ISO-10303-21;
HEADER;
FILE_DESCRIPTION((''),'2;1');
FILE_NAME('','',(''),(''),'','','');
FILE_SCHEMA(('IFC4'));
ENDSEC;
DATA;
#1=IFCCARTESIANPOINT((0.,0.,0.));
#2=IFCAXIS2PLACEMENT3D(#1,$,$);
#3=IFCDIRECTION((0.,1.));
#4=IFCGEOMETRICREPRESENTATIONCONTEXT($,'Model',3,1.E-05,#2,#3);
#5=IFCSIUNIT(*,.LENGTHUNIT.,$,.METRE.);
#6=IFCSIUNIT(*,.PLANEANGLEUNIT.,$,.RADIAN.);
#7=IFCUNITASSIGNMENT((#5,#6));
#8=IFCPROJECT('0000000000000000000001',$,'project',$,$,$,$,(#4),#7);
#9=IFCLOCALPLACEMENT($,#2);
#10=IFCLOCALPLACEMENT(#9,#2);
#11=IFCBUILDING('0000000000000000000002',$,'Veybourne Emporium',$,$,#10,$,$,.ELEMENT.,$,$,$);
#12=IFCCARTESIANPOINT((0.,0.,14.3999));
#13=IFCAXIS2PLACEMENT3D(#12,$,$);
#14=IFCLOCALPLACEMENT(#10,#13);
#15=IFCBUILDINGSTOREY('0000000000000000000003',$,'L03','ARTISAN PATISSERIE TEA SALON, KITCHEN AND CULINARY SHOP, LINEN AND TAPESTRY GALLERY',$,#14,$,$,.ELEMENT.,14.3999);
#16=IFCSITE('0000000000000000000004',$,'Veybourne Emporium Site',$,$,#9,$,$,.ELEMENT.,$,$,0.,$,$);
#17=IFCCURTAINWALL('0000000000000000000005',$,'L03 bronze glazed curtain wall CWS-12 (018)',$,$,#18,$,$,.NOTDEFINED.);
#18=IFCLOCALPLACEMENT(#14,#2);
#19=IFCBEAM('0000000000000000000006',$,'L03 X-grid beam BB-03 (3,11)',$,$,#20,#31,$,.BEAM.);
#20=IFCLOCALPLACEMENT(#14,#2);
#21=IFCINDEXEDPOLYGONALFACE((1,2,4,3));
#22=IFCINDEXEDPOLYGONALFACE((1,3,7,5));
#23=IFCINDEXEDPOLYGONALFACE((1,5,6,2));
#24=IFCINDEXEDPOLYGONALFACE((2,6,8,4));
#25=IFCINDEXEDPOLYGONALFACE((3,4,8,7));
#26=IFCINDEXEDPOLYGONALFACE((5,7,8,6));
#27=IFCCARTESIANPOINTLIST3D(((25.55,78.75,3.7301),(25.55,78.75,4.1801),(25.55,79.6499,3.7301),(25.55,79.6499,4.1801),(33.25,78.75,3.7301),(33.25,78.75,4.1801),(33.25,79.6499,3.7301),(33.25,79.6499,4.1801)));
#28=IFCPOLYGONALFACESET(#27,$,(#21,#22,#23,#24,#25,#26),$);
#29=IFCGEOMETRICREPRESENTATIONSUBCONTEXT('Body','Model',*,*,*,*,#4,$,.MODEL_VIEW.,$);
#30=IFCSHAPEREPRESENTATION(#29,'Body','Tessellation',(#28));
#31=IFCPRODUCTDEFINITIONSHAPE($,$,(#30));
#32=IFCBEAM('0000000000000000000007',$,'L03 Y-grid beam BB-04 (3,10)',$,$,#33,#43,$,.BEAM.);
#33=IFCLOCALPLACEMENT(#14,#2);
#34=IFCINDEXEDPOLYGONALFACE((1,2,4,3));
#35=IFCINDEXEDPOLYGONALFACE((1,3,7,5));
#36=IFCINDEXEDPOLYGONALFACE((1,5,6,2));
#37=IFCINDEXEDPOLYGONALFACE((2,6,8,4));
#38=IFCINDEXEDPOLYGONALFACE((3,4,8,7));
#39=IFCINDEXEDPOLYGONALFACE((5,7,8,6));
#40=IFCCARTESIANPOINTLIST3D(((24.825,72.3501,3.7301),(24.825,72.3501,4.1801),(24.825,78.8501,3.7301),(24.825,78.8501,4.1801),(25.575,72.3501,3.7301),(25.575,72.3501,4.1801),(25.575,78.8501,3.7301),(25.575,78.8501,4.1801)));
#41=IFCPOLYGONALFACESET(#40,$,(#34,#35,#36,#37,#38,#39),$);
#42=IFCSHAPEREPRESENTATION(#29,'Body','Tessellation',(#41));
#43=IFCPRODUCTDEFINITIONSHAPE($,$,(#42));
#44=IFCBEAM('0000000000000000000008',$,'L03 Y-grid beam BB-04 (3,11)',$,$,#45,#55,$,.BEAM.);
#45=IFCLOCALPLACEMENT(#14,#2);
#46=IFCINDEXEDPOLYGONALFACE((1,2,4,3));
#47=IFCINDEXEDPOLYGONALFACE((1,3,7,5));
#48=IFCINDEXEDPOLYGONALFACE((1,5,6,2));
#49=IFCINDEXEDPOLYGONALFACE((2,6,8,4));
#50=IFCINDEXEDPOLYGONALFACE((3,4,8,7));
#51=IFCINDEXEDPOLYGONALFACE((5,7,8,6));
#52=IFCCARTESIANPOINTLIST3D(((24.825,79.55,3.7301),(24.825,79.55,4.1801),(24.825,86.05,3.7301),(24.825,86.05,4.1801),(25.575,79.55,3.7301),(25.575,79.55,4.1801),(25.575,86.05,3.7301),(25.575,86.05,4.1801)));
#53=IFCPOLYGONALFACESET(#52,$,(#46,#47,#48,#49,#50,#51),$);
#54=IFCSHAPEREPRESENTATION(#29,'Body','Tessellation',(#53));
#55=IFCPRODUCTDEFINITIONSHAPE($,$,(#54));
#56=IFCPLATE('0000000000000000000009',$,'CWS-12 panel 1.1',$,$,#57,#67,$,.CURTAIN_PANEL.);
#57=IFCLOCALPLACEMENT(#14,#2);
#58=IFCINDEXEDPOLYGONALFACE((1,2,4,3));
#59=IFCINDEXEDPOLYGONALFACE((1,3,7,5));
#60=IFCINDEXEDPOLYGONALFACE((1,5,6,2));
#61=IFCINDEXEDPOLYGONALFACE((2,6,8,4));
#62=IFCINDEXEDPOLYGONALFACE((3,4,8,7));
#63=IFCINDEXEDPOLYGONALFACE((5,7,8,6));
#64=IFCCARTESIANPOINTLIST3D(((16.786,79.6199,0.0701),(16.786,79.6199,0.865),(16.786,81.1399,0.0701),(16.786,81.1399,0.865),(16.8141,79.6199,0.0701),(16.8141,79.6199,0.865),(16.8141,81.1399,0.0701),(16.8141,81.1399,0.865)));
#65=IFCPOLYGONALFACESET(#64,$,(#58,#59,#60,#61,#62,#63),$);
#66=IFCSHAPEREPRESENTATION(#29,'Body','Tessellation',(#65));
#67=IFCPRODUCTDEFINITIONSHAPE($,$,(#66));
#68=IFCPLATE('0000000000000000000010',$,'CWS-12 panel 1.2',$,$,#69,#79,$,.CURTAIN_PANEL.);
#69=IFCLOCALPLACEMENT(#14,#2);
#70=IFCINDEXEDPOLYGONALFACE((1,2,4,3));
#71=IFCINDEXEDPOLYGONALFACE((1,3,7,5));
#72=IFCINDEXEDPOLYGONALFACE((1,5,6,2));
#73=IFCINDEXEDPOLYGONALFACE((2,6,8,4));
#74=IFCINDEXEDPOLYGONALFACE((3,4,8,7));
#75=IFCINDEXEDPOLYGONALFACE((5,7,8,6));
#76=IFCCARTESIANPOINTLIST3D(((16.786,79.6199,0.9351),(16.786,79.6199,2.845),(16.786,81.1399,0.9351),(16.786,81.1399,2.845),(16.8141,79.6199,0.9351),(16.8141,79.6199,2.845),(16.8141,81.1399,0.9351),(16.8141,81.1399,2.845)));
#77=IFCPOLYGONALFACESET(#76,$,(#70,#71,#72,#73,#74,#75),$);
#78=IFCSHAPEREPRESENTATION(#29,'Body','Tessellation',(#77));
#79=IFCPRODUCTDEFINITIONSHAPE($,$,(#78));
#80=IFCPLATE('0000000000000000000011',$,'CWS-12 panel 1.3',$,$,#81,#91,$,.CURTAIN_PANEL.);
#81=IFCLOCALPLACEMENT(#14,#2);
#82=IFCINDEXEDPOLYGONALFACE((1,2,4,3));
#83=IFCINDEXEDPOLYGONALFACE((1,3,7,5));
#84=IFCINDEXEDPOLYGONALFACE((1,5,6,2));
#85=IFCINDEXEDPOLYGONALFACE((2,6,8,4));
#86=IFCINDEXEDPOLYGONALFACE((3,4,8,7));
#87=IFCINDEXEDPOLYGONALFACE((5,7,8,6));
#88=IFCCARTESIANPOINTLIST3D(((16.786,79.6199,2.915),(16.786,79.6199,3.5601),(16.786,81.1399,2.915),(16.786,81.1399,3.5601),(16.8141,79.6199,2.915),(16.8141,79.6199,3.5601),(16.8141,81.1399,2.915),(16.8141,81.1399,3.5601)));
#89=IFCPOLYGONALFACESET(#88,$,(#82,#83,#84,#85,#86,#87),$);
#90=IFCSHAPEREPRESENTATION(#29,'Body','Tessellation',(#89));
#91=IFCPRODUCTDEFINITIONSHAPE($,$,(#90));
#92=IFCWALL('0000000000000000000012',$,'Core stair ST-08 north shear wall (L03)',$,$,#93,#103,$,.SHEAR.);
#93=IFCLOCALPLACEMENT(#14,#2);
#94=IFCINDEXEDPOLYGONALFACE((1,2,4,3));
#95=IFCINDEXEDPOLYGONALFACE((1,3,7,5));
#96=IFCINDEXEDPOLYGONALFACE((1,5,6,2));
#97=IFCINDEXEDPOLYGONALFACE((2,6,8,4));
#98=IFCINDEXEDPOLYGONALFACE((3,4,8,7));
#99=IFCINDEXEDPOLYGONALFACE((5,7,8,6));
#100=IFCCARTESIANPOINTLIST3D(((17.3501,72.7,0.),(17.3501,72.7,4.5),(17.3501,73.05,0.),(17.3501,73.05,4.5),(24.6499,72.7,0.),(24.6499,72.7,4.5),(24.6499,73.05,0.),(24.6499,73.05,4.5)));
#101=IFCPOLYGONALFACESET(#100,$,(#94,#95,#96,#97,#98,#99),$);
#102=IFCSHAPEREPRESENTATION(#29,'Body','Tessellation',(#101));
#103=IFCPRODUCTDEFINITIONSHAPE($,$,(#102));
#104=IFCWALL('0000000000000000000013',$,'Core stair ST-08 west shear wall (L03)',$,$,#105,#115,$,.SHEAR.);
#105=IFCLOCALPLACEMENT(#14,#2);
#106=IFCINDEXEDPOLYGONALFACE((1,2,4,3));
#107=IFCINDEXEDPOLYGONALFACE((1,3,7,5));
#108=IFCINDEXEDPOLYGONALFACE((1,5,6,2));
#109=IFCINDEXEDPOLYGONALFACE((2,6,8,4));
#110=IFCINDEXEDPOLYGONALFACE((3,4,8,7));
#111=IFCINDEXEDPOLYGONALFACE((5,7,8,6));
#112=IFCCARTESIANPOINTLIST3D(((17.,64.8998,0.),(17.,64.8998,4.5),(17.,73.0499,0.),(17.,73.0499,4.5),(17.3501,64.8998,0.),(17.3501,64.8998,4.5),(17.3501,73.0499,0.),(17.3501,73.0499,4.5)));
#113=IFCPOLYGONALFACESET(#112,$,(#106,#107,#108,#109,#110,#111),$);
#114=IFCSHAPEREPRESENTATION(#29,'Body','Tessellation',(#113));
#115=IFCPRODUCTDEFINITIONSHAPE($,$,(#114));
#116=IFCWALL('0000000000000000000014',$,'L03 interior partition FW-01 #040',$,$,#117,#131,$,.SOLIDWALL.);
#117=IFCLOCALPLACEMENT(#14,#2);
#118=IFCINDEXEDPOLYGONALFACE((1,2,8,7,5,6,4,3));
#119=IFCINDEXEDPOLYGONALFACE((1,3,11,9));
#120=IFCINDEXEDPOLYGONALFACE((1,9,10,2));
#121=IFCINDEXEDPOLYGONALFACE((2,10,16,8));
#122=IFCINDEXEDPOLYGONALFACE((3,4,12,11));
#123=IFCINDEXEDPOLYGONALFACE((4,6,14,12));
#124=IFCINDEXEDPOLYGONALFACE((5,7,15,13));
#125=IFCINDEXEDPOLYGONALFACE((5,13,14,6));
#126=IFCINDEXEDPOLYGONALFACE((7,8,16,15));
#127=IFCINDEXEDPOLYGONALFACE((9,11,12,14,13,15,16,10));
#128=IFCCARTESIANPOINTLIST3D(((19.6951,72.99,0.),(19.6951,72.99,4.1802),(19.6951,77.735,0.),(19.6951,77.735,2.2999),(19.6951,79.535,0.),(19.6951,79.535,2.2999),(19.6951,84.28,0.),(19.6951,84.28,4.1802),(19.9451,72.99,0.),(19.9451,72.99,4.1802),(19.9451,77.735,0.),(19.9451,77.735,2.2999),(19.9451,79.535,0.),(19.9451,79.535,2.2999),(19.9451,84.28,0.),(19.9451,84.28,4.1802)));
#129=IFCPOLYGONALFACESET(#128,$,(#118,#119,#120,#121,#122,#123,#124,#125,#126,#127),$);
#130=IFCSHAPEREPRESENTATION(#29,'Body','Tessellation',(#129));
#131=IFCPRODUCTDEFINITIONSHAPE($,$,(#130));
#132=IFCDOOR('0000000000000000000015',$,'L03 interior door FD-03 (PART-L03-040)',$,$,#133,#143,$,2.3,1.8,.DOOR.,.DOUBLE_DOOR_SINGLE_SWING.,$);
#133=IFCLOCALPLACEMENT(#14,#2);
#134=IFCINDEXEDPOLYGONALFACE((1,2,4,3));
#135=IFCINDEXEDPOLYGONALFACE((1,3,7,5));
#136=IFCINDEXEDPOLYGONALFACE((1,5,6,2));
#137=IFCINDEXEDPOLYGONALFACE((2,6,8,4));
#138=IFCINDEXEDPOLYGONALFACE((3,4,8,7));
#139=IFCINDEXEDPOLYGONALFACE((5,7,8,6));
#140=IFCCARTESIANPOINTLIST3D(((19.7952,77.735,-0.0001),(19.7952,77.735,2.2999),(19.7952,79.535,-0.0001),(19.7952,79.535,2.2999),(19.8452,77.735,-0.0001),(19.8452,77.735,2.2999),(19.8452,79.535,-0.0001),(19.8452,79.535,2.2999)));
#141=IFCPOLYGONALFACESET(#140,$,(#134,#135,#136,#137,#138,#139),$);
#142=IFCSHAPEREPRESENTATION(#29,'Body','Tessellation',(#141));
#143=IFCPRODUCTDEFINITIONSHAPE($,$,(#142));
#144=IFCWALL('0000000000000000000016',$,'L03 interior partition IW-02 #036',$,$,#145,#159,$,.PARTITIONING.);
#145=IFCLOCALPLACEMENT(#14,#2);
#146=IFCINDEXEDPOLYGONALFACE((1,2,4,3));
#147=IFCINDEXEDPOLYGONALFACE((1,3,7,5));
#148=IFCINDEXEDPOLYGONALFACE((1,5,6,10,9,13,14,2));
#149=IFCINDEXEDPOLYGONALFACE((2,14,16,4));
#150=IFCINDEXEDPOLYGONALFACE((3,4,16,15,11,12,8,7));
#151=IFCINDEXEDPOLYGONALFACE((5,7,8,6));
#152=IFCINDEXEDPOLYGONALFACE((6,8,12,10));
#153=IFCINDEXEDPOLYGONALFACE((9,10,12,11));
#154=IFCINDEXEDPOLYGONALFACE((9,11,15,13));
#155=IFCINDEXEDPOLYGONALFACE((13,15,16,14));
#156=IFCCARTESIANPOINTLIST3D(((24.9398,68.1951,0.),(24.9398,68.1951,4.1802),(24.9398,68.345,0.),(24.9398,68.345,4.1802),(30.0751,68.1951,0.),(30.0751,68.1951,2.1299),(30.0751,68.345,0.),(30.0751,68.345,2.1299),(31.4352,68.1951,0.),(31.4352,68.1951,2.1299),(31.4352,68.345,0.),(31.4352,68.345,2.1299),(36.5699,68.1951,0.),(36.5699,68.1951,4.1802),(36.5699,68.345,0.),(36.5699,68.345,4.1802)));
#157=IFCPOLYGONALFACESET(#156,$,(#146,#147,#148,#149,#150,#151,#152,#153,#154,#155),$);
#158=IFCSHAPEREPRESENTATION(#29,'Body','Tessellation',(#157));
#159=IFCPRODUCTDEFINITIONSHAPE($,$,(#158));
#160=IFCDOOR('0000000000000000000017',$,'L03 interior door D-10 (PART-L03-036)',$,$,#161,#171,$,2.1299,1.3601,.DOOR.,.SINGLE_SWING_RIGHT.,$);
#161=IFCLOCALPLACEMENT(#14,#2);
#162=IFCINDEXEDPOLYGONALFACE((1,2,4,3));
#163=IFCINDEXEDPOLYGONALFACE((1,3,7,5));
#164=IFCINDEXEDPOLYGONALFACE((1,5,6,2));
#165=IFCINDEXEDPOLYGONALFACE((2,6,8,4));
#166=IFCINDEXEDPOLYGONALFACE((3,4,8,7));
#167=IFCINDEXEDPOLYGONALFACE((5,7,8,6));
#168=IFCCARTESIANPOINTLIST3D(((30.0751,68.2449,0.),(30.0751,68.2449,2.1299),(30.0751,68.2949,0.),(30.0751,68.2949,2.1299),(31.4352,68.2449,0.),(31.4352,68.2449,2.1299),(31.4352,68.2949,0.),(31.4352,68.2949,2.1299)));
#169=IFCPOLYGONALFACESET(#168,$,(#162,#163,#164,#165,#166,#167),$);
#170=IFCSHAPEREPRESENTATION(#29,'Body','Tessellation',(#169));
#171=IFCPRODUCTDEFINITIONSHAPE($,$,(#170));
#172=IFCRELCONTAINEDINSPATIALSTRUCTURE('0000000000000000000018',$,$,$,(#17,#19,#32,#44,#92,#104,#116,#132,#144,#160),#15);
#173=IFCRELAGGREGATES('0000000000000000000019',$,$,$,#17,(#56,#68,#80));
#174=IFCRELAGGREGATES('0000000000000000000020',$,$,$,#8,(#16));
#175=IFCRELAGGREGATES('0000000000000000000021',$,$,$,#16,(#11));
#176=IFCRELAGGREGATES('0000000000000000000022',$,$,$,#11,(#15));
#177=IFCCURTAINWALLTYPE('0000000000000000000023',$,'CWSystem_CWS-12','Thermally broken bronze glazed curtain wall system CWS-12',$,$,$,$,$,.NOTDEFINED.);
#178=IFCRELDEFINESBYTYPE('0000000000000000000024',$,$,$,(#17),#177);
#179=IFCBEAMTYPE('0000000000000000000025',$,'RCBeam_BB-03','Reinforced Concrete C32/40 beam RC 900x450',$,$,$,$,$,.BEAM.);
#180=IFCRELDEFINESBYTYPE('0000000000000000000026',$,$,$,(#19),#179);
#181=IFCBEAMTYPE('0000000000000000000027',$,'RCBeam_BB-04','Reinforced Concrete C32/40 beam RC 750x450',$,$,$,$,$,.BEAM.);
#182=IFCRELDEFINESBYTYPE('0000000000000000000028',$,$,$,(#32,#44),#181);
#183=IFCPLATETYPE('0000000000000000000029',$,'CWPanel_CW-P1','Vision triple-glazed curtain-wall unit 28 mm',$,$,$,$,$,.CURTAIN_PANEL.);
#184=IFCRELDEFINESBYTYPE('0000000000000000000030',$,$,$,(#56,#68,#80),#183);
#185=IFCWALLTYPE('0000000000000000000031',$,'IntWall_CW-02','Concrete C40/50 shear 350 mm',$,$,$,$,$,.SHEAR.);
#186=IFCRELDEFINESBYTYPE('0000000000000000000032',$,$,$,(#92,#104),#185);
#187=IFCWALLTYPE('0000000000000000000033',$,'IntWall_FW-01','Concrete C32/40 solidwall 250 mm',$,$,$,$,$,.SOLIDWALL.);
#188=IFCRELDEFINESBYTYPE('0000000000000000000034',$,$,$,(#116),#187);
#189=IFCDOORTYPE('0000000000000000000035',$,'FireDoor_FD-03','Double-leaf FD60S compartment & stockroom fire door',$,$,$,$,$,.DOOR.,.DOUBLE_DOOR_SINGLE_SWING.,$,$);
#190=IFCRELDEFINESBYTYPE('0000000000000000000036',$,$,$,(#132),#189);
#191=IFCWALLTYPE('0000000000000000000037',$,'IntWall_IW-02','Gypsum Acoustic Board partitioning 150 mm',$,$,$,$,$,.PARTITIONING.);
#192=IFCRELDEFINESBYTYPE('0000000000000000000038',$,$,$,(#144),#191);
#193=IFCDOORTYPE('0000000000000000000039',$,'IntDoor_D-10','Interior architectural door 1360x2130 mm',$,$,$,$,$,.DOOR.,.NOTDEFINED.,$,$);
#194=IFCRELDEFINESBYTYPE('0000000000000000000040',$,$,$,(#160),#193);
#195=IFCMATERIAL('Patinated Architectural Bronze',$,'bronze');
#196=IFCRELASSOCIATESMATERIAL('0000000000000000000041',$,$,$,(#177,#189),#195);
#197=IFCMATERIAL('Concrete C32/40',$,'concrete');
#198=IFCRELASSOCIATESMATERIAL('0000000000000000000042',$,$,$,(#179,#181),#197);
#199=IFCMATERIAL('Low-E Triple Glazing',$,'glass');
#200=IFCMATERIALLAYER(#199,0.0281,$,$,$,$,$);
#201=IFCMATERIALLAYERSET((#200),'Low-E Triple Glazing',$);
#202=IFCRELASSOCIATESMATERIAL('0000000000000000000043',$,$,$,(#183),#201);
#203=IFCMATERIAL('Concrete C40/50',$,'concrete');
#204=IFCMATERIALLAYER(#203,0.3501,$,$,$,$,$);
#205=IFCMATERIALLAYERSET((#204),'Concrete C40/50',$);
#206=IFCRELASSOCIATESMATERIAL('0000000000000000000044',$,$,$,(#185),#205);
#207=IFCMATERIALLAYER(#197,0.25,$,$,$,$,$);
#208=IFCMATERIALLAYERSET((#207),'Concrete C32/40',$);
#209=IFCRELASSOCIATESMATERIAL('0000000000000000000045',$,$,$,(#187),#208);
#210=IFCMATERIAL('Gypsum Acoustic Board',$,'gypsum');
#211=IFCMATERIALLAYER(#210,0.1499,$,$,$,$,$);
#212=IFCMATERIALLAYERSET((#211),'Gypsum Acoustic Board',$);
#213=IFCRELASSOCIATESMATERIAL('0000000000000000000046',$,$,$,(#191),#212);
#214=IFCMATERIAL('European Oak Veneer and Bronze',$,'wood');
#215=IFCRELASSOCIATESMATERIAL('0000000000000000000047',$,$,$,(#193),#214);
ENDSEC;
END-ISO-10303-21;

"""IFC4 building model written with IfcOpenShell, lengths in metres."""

from ifc_helpers import new_model, si_unit, direction, frame, frame_2d, origin, origin_2d, place, context, subcontext, project, spatial, rectangle, extrude, material, layer, layer_set, material_profile, profile_set, type_object, element, fill, aggregate, save


model = new_model("IFC4")

# Units and contexts
model_context = context("Model", 3, precision=1e-05, world=origin(), true_north=direction((0.0, 1.0)))
body_context = subcontext(model_context, "Body", "Model", "MODEL_VIEW")
ifc_project = project(units=[si_unit("LENGTHUNIT", "METRE"), si_unit("PLANEANGLEUNIT", "RADIAN")], contexts=[model_context])

# Site, building, storey
site_placement = place(None, origin())
site = spatial("IfcSite", under=ifc_project, at=site_placement, Name="Veybourne Emporium Site", CompositionType="ELEMENT", RefElevation=0.0)
building_placement = place(site_placement, origin())
building = spatial("IfcBuilding", under=site, at=building_placement, Name="Veybourne Emporium", CompositionType="ELEMENT")
storey_placement = place(building_placement, frame((0.0, 0.0, 14.3999)))
storey = spatial("IfcBuildingStorey", under=building, at=storey_placement, Name="L03", Description="ARTISAN PATISSERIE TEA SALON, KITCHEN AND CULINARY SHOP, LINEN AND TAPESTRY GALLERY", CompositionType="ELEMENT", Elevation=14.3999)

# Shared definitions
ifc_material_1 = material(Name="Concrete C40/50", Category="concrete")

# Curtain wall
ifc_material_2 = material(Name="Patinated Architectural Bronze", Category="bronze")
curtain_wall_type = type_object("IfcCurtainWallType", Name="CWSystem_CWS-12", Description="Thermally broken bronze glazed curtain wall system CWS-12", PredefinedType="NOTDEFINED", material=ifc_material_2)
curtain_wall_placement = place(storey_placement, origin())
curtain_wall = element("IfcCurtainWall", 1, at=curtain_wall_placement, inside=storey, type_object=curtain_wall_type, Name="L03 bronze glazed curtain wall CWS-12 (018)", PredefinedType="NOTDEFINED")

# Beams
ifc_material_3 = material(Name="Concrete C32/40", Category="concrete")
ifc_material_profile_1 = material_profile(ifc_material_3, rectangle(XDim=0.8999, YDim=0.45, at=origin_2d()), Name="RC 900x450")
ifc_profile_set_1 = profile_set([ifc_material_profile_1], Name="Concrete C32/40")
beam_type_1 = type_object("IfcBeamType", Name="RCBeam_BB-03", Description="Reinforced Concrete C32/40 beam RC 900x450", PredefinedType="BEAM", material=ifc_profile_set_1)
for number, where, z_axis, x_axis, name in (
    (2, (25.55, 79.2, 3.9551), (1.0, 0.0, 0.0), (0.0, 1.0, 0.0), "L03 X-grid beam BB-03 (3,11)"),
):
    element("IfcBeam", number, at=place(storey_placement, frame(where, z_axis=z_axis, x_axis=x_axis)), inside=storey, type_object=beam_type_1, Name=name, PredefinedType="BEAM", context=body_context, shape_type="SweptSolid", body=[
        extrude(rectangle(XDim=0.8999, YDim=0.45, at=origin_2d()), origin(), (0.0, 0.0, 1.0), 7.7),
    ])
ifc_material_profile_2 = material_profile(ifc_material_3, rectangle(XDim=0.75, YDim=0.45, at=origin_2d()), Name="RC 750x450")
ifc_profile_set_2 = profile_set([ifc_material_profile_2], Name="Concrete C32/40")
beam_type_2 = type_object("IfcBeamType", Name="RCBeam_BB-04", Description="Reinforced Concrete C32/40 beam RC 750x450", PredefinedType="BEAM", material=ifc_profile_set_2)
for number, where, z_axis, x_axis, name in (
    (3, (25.2, 72.3501, 3.9551), (0.0, 1.0, 0.0), (-1.0, 0.0, 0.0), "L03 Y-grid beam BB-04 (3,10)"),
    (4, (25.2, 79.55, 3.9551), (0.0, 1.0, 0.0), (-1.0, 0.0, 0.0), "L03 Y-grid beam BB-04 (3,11)"),
):
    element("IfcBeam", number, at=place(storey_placement, frame(where, z_axis=z_axis, x_axis=x_axis)), inside=storey, type_object=beam_type_2, Name=name, PredefinedType="BEAM", context=body_context, shape_type="SweptSolid", body=[
        extrude(rectangle(XDim=0.75, YDim=0.45, at=origin_2d()), origin(), (0.0, 0.0, 1.0), 6.5),
    ])

# Plates
ifc_material_4 = material(Name="Low-E Triple Glazing", Category="glass")
ifc_layer_1 = layer(ifc_material_4, 0.0281)
ifc_layer_set_1 = layer_set([ifc_layer_1], Name="Low-E Triple Glazing")
plate_type = type_object("IfcPlateType", Name="CWPanel_CW-P1", Description="Vision triple-glazed curtain-wall unit 28 mm", PredefinedType="CURTAIN_PANEL", material=ifc_layer_set_1)
plate_1_placement = place(storey_placement, frame((16.8, 80.3799, 0.0701), z_axis=(0.0, 0.0, 1.0), x_axis=(0.0, 1.0, 0.0)))
plate_1 = element("IfcPlate", 5, at=plate_1_placement, type_object=plate_type, Name="CWS-12 panel 1.1", PredefinedType="CURTAIN_PANEL", context=body_context, shape_type="SweptSolid", body=[
    extrude(rectangle(XDim=1.52, YDim=0.0281, at=origin_2d()), origin(), (0.0, 0.0, 1.0), 0.7949),
])
plate_2_placement = place(storey_placement, frame((16.8, 80.3799, 0.9351), z_axis=(0.0, 0.0, 1.0), x_axis=(0.0, 1.0, 0.0)))
plate_2 = element("IfcPlate", 6, at=plate_2_placement, type_object=plate_type, Name="CWS-12 panel 1.2", PredefinedType="CURTAIN_PANEL", context=body_context, shape_type="SweptSolid", body=[
    extrude(rectangle(XDim=1.52, YDim=0.0281, at=origin_2d()), origin(), (0.0, 0.0, 1.0), 1.9099),
])
plate_3_placement = place(storey_placement, frame((16.8, 80.3799, 2.915), z_axis=(0.0, 0.0, 1.0), x_axis=(0.0, 1.0, 0.0)))
plate_3 = element("IfcPlate", 7, at=plate_3_placement, type_object=plate_type, Name="CWS-12 panel 1.3", PredefinedType="CURTAIN_PANEL", context=body_context, shape_type="SweptSolid", body=[
    extrude(rectangle(XDim=1.52, YDim=0.0281, at=origin_2d()), origin(), (0.0, 0.0, 1.0), 0.645),
])
aggregate(curtain_wall, [plate_1, plate_2, plate_3])

# Walls
ifc_layer_2 = layer(ifc_material_1, 0.3501)
ifc_layer_set_2 = layer_set([ifc_layer_2], Name="Concrete C40/50")
wall_type_1 = type_object("IfcWallType", Name="IntWall_CW-02", Description="Concrete C40/50 shear 350 mm", PredefinedType="SHEAR", material=ifc_layer_set_2)
wall_1_placement = place(storey_placement, frame((17.3501, 72.875, 0.0), z_axis=(0.0, 0.0, 1.0), x_axis=(1.0, 0.0, 0.0)))
element("IfcWall", 8, at=wall_1_placement, inside=storey, type_object=wall_type_1, Name="Core stair ST-08 north shear wall (L03)", PredefinedType="SHEAR", context=body_context, shape_type="SweptSolid", body=[
    extrude(rectangle(XDim=7.2998, YDim=0.3501, at=frame_2d((3.6499, 0.0))), origin(), (0.0, 0.0, 1.0), 4.5),
])
wall_2_placement = place(storey_placement, frame((17.175, 73.05, 0.0), z_axis=(0.0, 0.0, 1.0), x_axis=(0.0, -1.0, 0.0)))
element("IfcWall", 9, at=wall_2_placement, inside=storey, type_object=wall_type_1, Name="Core stair ST-08 west shear wall (L03)", PredefinedType="SHEAR", context=body_context, shape_type="SweptSolid", body=[
    extrude(rectangle(XDim=8.1501, YDim=0.3501, at=frame_2d((4.0752, 0.0))), origin(), (0.0, 0.0, 1.0), 4.5),
])

# Walls, openings, doors
ifc_layer_3 = layer(ifc_material_3, 0.25)
ifc_layer_set_3 = layer_set([ifc_layer_3], Name="Concrete C32/40")
wall_type_2 = type_object("IfcWallType", Name="IntWall_FW-01", Description="Concrete C32/40 solidwall 250 mm", PredefinedType="SOLIDWALL", material=ifc_layer_set_3)
wall_3_placement = place(storey_placement, frame((19.8201, 72.99, 0.0), z_axis=(0.0, 0.0, 1.0), x_axis=(0.0, 1.0, 0.0)))
wall_3 = element("IfcWall", 10, at=wall_3_placement, inside=storey, type_object=wall_type_2, Name="L03 interior partition FW-01 #040", PredefinedType="SOLIDWALL", context=body_context, shape_type="SweptSolid", body=[
    extrude(rectangle(XDim=11.29, YDim=0.25, at=frame_2d((5.645, 0.0))), origin(), (0.0, 0.0, 1.0), 4.1802),
])
opening_1_placement = place(wall_3_placement, frame((4.7451, 0.0, 0.0)))
opening_1 = element("IfcOpeningElement", 11, at=opening_1_placement, cuts=wall_3, PredefinedType="OPENING", context=body_context, shape_type="SweptSolid", body=[
    extrude(rectangle(XDim=1.8, YDim=2.3, at=frame_2d((0.8999, 1.1499))), frame((0.0, 0.145, 0.0), z_axis=(0.0, -1.0, 0.0), x_axis=(1.0, 0.0, 0.0)), (0.0, 0.0, 1.0), 0.29),
])
door_type_1 = type_object("IfcDoorType", Name="FireDoor_FD-03", Description="Double-leaf FD60S compartment & stockroom fire door", OperationType="DOUBLE_DOOR_SINGLE_SWING", PredefinedType="DOOR", material=ifc_material_2)
door_1_placement = place(opening_1_placement, origin())
door_1 = element("IfcDoor", 12, at=door_1_placement, inside=storey, type_object=door_type_1, Name="L03 interior door FD-03 (PART-L03-040)", OperationType="DOUBLE_DOOR_SINGLE_SWING", OverallHeight=2.3, OverallWidth=1.8, PredefinedType="DOOR", context=body_context, shape_type="SweptSolid", body=[
    extrude(rectangle(XDim=1.8, YDim=2.3, at=frame_2d((0.8999, 1.1499))), frame((0.0, 0.0249, 0.0), z_axis=(0.0, -1.0, 0.0), x_axis=(1.0, 0.0, 0.0)), (0.0, 0.0, 1.0), 0.05),
])
fill(opening_1, door_1)
ifc_material_5 = material(Name="Gypsum Acoustic Board", Category="gypsum")
ifc_layer_4 = layer(ifc_material_5, 0.1499)
ifc_layer_set_4 = layer_set([ifc_layer_4], Name="Gypsum Acoustic Board")
wall_type_3 = type_object("IfcWallType", Name="IntWall_IW-02", Description="Gypsum Acoustic Board partitioning 150 mm", PredefinedType="PARTITIONING", material=ifc_layer_set_4)
wall_4_placement = place(storey_placement, frame((24.9399, 68.27, 0.0), z_axis=(0.0, 0.0, 1.0), x_axis=(1.0, 0.0, 0.0)))
wall_4 = element("IfcWall", 13, at=wall_4_placement, inside=storey, type_object=wall_type_3, Name="L03 interior partition IW-02 #036", PredefinedType="PARTITIONING", context=body_context, shape_type="SweptSolid", body=[
    extrude(rectangle(XDim=11.6301, YDim=0.1499, at=frame_2d((5.8149, 0.0))), origin(), (0.0, 0.0, 1.0), 4.1802),
])
opening_2_placement = place(wall_4_placement, frame((5.135, 0.0, 0.0)))
opening_2 = element("IfcOpeningElement", 14, at=opening_2_placement, cuts=wall_4, PredefinedType="OPENING", context=body_context, shape_type="SweptSolid", body=[
    extrude(rectangle(XDim=1.3601, YDim=2.1299, at=frame_2d((0.6802, 1.0649))), frame((0.0, 0.095, 0.0), z_axis=(0.0, -1.0, 0.0), x_axis=(1.0, 0.0, 0.0)), (0.0, 0.0, 1.0), 0.1899),
])
ifc_material_6 = material(Name="European Oak Veneer and Bronze", Category="wood")
door_type_2 = type_object("IfcDoorType", Name="IntDoor_D-10", Description="Interior architectural door 1360x2130 mm", OperationType="NOTDEFINED", PredefinedType="DOOR", material=ifc_material_6)
door_2_placement = place(opening_2_placement, origin())
door_2 = element("IfcDoor", 15, at=door_2_placement, inside=storey, type_object=door_type_2, Name="L03 interior door D-10 (PART-L03-036)", OperationType="SINGLE_SWING_RIGHT", OverallHeight=2.1299, OverallWidth=1.3601, PredefinedType="DOOR", context=body_context, shape_type="SweptSolid", body=[
    extrude(rectangle(XDim=1.3601, YDim=2.1299, at=frame_2d((0.6802, 1.0649))), frame((0.0, 0.0249, 0.0), z_axis=(0.0, -1.0, 0.0), x_axis=(1.0, 0.0, 0.0)), (0.0, 0.0, 1.0), 0.05),
])
fill(opening_2, door_2)

save(model, "model.ifc")
